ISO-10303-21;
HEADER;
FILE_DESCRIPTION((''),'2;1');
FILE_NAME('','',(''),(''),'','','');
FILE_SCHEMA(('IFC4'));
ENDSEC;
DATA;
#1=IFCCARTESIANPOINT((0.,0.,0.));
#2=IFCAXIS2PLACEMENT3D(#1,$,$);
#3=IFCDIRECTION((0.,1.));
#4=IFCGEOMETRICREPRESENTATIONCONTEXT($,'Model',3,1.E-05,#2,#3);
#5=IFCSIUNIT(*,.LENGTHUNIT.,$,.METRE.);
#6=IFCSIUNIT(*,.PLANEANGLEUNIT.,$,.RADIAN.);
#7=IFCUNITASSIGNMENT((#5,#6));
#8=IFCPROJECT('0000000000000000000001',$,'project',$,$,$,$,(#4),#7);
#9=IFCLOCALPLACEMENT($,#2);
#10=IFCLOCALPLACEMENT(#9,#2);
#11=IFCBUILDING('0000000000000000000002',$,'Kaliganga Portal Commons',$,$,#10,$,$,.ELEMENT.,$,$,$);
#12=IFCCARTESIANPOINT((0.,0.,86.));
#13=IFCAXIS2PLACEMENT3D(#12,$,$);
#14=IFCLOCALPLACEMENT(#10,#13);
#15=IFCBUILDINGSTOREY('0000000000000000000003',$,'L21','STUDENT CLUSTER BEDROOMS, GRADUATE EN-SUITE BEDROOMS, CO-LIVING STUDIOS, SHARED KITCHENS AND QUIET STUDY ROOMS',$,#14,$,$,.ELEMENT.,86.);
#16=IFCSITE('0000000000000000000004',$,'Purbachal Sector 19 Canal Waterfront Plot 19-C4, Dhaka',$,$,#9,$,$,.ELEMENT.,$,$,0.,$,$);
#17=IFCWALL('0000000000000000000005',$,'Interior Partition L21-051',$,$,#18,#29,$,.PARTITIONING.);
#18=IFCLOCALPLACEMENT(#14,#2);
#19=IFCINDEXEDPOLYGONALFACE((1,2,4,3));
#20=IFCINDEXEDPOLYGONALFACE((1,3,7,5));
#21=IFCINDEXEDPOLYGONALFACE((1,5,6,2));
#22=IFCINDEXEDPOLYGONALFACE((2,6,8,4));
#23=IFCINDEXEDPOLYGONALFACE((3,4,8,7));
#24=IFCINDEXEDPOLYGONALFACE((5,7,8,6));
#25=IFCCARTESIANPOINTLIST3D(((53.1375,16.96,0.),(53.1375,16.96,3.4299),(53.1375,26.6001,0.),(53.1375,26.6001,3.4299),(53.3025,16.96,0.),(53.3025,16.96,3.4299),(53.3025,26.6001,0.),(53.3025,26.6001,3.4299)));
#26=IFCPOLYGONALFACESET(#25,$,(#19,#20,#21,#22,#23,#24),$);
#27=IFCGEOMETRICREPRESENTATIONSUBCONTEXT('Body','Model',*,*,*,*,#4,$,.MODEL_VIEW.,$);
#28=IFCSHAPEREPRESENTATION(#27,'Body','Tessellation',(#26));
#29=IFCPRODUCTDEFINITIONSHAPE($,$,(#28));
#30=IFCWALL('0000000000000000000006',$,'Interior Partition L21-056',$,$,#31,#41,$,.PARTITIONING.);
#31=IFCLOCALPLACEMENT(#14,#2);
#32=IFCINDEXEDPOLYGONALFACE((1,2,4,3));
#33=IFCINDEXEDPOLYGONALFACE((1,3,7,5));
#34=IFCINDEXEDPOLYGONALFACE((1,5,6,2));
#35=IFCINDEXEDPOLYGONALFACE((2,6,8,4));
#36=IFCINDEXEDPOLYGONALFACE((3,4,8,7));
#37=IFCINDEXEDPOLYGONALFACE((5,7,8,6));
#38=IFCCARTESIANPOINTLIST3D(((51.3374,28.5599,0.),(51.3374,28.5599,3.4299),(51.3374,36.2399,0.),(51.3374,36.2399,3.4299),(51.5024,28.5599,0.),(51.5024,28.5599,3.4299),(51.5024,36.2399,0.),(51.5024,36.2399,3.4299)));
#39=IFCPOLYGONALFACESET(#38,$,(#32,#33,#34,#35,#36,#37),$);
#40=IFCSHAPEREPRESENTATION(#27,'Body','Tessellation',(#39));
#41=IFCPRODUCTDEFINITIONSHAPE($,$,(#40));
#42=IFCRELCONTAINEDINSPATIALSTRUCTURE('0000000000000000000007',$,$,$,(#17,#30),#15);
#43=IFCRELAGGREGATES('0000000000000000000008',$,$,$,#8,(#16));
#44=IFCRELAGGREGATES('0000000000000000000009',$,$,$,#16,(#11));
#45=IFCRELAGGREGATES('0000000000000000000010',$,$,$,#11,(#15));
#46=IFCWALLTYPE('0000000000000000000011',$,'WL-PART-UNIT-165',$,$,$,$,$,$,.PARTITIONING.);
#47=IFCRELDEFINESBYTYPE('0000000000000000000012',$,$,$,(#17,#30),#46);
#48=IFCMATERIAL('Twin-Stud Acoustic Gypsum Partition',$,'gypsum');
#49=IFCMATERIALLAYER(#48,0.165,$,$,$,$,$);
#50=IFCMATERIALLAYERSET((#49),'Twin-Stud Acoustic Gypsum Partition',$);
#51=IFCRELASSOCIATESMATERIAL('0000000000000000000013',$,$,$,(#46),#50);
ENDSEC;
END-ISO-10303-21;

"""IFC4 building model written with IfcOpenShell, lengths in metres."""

from ifc_helpers import new_model, si_unit, direction, frame, frame_2d, origin, place, context, subcontext, project, spatial, rectangle, extrude, material, layer, layer_set, type_object, element, save


model = new_model("IFC4")

# Units and contexts
model_context = context("Model", 3, precision=1e-05, world=origin(), true_north=direction((0.0, 1.0)))
body_context = subcontext(model_context, "Body", "Model", "MODEL_VIEW")
ifc_project = project(units=[si_unit("LENGTHUNIT", "METRE"), si_unit("PLANEANGLEUNIT", "RADIAN")], contexts=[model_context])

# Site, building, storey
site_placement = place(None, origin())
site = spatial("IfcSite", under=ifc_project, at=site_placement, Name="Purbachal Sector 19 Canal Waterfront Plot 19-C4, Dhaka", CompositionType="ELEMENT", RefElevation=0.0)
building_placement = place(site_placement, origin())
building = spatial("IfcBuilding", under=site, at=building_placement, Name="Kaliganga Portal Commons", CompositionType="ELEMENT")
storey_placement = place(building_placement, frame((0.0, 0.0, 86.0)))
storey = spatial("IfcBuildingStorey", under=building, at=storey_placement, Name="L21", Description="STUDENT CLUSTER BEDROOMS, GRADUATE EN-SUITE BEDROOMS, CO-LIVING STUDIOS, SHARED KITCHENS AND QUIET STUDY ROOMS", CompositionType="ELEMENT", Elevation=86.0)

# Walls
ifc_material_1 = material(Name="Twin-Stud Acoustic Gypsum Partition", Category="gypsum")
ifc_layer_1 = layer(ifc_material_1, 0.165)
ifc_layer_set_1 = layer_set([ifc_layer_1], Name="Twin-Stud Acoustic Gypsum Partition")
wall_type_1 = type_object("IfcWallType", Name="WL-PART-UNIT-165", PredefinedType="PARTITIONING", material=ifc_layer_set_1)
for number, where, z_axis, x_axis, name in (
    (1, (53.22, 16.96, 0.0), (0.0, 0.0, 1.0), (0.0, 1.0, 0.0), "Interior Partition L21-051"),
):
    element("IfcWall", number, at=place(storey_placement, frame(where, z_axis=z_axis, x_axis=x_axis)), inside=storey, type_object=wall_type_1, Name=name, PredefinedType="PARTITIONING", context=body_context, shape_type="SweptSolid", body=[
        extrude(rectangle(XDim=9.6401, YDim=0.165, at=frame_2d((4.8201, 0.0))), origin(), (0.0, 0.0, 1.0), 3.4299),
    ])
wall_1_placement = place(storey_placement, frame((51.4199, 28.5601, 0.0), z_axis=(0.0, 0.0, 1.0), x_axis=(0.0, 1.0, 0.0)))
element("IfcWall", 2, at=wall_1_placement, inside=storey, type_object=wall_type_1, Name="Interior Partition L21-056", PredefinedType="PARTITIONING", context=body_context, shape_type="SweptSolid", body=[
    extrude(rectangle(XDim=7.6799, YDim=0.165, at=frame_2d((3.8398, 0.0))), origin(), (0.0, 0.0, 1.0), 3.4299),
])

save(model, "model.ifc")
